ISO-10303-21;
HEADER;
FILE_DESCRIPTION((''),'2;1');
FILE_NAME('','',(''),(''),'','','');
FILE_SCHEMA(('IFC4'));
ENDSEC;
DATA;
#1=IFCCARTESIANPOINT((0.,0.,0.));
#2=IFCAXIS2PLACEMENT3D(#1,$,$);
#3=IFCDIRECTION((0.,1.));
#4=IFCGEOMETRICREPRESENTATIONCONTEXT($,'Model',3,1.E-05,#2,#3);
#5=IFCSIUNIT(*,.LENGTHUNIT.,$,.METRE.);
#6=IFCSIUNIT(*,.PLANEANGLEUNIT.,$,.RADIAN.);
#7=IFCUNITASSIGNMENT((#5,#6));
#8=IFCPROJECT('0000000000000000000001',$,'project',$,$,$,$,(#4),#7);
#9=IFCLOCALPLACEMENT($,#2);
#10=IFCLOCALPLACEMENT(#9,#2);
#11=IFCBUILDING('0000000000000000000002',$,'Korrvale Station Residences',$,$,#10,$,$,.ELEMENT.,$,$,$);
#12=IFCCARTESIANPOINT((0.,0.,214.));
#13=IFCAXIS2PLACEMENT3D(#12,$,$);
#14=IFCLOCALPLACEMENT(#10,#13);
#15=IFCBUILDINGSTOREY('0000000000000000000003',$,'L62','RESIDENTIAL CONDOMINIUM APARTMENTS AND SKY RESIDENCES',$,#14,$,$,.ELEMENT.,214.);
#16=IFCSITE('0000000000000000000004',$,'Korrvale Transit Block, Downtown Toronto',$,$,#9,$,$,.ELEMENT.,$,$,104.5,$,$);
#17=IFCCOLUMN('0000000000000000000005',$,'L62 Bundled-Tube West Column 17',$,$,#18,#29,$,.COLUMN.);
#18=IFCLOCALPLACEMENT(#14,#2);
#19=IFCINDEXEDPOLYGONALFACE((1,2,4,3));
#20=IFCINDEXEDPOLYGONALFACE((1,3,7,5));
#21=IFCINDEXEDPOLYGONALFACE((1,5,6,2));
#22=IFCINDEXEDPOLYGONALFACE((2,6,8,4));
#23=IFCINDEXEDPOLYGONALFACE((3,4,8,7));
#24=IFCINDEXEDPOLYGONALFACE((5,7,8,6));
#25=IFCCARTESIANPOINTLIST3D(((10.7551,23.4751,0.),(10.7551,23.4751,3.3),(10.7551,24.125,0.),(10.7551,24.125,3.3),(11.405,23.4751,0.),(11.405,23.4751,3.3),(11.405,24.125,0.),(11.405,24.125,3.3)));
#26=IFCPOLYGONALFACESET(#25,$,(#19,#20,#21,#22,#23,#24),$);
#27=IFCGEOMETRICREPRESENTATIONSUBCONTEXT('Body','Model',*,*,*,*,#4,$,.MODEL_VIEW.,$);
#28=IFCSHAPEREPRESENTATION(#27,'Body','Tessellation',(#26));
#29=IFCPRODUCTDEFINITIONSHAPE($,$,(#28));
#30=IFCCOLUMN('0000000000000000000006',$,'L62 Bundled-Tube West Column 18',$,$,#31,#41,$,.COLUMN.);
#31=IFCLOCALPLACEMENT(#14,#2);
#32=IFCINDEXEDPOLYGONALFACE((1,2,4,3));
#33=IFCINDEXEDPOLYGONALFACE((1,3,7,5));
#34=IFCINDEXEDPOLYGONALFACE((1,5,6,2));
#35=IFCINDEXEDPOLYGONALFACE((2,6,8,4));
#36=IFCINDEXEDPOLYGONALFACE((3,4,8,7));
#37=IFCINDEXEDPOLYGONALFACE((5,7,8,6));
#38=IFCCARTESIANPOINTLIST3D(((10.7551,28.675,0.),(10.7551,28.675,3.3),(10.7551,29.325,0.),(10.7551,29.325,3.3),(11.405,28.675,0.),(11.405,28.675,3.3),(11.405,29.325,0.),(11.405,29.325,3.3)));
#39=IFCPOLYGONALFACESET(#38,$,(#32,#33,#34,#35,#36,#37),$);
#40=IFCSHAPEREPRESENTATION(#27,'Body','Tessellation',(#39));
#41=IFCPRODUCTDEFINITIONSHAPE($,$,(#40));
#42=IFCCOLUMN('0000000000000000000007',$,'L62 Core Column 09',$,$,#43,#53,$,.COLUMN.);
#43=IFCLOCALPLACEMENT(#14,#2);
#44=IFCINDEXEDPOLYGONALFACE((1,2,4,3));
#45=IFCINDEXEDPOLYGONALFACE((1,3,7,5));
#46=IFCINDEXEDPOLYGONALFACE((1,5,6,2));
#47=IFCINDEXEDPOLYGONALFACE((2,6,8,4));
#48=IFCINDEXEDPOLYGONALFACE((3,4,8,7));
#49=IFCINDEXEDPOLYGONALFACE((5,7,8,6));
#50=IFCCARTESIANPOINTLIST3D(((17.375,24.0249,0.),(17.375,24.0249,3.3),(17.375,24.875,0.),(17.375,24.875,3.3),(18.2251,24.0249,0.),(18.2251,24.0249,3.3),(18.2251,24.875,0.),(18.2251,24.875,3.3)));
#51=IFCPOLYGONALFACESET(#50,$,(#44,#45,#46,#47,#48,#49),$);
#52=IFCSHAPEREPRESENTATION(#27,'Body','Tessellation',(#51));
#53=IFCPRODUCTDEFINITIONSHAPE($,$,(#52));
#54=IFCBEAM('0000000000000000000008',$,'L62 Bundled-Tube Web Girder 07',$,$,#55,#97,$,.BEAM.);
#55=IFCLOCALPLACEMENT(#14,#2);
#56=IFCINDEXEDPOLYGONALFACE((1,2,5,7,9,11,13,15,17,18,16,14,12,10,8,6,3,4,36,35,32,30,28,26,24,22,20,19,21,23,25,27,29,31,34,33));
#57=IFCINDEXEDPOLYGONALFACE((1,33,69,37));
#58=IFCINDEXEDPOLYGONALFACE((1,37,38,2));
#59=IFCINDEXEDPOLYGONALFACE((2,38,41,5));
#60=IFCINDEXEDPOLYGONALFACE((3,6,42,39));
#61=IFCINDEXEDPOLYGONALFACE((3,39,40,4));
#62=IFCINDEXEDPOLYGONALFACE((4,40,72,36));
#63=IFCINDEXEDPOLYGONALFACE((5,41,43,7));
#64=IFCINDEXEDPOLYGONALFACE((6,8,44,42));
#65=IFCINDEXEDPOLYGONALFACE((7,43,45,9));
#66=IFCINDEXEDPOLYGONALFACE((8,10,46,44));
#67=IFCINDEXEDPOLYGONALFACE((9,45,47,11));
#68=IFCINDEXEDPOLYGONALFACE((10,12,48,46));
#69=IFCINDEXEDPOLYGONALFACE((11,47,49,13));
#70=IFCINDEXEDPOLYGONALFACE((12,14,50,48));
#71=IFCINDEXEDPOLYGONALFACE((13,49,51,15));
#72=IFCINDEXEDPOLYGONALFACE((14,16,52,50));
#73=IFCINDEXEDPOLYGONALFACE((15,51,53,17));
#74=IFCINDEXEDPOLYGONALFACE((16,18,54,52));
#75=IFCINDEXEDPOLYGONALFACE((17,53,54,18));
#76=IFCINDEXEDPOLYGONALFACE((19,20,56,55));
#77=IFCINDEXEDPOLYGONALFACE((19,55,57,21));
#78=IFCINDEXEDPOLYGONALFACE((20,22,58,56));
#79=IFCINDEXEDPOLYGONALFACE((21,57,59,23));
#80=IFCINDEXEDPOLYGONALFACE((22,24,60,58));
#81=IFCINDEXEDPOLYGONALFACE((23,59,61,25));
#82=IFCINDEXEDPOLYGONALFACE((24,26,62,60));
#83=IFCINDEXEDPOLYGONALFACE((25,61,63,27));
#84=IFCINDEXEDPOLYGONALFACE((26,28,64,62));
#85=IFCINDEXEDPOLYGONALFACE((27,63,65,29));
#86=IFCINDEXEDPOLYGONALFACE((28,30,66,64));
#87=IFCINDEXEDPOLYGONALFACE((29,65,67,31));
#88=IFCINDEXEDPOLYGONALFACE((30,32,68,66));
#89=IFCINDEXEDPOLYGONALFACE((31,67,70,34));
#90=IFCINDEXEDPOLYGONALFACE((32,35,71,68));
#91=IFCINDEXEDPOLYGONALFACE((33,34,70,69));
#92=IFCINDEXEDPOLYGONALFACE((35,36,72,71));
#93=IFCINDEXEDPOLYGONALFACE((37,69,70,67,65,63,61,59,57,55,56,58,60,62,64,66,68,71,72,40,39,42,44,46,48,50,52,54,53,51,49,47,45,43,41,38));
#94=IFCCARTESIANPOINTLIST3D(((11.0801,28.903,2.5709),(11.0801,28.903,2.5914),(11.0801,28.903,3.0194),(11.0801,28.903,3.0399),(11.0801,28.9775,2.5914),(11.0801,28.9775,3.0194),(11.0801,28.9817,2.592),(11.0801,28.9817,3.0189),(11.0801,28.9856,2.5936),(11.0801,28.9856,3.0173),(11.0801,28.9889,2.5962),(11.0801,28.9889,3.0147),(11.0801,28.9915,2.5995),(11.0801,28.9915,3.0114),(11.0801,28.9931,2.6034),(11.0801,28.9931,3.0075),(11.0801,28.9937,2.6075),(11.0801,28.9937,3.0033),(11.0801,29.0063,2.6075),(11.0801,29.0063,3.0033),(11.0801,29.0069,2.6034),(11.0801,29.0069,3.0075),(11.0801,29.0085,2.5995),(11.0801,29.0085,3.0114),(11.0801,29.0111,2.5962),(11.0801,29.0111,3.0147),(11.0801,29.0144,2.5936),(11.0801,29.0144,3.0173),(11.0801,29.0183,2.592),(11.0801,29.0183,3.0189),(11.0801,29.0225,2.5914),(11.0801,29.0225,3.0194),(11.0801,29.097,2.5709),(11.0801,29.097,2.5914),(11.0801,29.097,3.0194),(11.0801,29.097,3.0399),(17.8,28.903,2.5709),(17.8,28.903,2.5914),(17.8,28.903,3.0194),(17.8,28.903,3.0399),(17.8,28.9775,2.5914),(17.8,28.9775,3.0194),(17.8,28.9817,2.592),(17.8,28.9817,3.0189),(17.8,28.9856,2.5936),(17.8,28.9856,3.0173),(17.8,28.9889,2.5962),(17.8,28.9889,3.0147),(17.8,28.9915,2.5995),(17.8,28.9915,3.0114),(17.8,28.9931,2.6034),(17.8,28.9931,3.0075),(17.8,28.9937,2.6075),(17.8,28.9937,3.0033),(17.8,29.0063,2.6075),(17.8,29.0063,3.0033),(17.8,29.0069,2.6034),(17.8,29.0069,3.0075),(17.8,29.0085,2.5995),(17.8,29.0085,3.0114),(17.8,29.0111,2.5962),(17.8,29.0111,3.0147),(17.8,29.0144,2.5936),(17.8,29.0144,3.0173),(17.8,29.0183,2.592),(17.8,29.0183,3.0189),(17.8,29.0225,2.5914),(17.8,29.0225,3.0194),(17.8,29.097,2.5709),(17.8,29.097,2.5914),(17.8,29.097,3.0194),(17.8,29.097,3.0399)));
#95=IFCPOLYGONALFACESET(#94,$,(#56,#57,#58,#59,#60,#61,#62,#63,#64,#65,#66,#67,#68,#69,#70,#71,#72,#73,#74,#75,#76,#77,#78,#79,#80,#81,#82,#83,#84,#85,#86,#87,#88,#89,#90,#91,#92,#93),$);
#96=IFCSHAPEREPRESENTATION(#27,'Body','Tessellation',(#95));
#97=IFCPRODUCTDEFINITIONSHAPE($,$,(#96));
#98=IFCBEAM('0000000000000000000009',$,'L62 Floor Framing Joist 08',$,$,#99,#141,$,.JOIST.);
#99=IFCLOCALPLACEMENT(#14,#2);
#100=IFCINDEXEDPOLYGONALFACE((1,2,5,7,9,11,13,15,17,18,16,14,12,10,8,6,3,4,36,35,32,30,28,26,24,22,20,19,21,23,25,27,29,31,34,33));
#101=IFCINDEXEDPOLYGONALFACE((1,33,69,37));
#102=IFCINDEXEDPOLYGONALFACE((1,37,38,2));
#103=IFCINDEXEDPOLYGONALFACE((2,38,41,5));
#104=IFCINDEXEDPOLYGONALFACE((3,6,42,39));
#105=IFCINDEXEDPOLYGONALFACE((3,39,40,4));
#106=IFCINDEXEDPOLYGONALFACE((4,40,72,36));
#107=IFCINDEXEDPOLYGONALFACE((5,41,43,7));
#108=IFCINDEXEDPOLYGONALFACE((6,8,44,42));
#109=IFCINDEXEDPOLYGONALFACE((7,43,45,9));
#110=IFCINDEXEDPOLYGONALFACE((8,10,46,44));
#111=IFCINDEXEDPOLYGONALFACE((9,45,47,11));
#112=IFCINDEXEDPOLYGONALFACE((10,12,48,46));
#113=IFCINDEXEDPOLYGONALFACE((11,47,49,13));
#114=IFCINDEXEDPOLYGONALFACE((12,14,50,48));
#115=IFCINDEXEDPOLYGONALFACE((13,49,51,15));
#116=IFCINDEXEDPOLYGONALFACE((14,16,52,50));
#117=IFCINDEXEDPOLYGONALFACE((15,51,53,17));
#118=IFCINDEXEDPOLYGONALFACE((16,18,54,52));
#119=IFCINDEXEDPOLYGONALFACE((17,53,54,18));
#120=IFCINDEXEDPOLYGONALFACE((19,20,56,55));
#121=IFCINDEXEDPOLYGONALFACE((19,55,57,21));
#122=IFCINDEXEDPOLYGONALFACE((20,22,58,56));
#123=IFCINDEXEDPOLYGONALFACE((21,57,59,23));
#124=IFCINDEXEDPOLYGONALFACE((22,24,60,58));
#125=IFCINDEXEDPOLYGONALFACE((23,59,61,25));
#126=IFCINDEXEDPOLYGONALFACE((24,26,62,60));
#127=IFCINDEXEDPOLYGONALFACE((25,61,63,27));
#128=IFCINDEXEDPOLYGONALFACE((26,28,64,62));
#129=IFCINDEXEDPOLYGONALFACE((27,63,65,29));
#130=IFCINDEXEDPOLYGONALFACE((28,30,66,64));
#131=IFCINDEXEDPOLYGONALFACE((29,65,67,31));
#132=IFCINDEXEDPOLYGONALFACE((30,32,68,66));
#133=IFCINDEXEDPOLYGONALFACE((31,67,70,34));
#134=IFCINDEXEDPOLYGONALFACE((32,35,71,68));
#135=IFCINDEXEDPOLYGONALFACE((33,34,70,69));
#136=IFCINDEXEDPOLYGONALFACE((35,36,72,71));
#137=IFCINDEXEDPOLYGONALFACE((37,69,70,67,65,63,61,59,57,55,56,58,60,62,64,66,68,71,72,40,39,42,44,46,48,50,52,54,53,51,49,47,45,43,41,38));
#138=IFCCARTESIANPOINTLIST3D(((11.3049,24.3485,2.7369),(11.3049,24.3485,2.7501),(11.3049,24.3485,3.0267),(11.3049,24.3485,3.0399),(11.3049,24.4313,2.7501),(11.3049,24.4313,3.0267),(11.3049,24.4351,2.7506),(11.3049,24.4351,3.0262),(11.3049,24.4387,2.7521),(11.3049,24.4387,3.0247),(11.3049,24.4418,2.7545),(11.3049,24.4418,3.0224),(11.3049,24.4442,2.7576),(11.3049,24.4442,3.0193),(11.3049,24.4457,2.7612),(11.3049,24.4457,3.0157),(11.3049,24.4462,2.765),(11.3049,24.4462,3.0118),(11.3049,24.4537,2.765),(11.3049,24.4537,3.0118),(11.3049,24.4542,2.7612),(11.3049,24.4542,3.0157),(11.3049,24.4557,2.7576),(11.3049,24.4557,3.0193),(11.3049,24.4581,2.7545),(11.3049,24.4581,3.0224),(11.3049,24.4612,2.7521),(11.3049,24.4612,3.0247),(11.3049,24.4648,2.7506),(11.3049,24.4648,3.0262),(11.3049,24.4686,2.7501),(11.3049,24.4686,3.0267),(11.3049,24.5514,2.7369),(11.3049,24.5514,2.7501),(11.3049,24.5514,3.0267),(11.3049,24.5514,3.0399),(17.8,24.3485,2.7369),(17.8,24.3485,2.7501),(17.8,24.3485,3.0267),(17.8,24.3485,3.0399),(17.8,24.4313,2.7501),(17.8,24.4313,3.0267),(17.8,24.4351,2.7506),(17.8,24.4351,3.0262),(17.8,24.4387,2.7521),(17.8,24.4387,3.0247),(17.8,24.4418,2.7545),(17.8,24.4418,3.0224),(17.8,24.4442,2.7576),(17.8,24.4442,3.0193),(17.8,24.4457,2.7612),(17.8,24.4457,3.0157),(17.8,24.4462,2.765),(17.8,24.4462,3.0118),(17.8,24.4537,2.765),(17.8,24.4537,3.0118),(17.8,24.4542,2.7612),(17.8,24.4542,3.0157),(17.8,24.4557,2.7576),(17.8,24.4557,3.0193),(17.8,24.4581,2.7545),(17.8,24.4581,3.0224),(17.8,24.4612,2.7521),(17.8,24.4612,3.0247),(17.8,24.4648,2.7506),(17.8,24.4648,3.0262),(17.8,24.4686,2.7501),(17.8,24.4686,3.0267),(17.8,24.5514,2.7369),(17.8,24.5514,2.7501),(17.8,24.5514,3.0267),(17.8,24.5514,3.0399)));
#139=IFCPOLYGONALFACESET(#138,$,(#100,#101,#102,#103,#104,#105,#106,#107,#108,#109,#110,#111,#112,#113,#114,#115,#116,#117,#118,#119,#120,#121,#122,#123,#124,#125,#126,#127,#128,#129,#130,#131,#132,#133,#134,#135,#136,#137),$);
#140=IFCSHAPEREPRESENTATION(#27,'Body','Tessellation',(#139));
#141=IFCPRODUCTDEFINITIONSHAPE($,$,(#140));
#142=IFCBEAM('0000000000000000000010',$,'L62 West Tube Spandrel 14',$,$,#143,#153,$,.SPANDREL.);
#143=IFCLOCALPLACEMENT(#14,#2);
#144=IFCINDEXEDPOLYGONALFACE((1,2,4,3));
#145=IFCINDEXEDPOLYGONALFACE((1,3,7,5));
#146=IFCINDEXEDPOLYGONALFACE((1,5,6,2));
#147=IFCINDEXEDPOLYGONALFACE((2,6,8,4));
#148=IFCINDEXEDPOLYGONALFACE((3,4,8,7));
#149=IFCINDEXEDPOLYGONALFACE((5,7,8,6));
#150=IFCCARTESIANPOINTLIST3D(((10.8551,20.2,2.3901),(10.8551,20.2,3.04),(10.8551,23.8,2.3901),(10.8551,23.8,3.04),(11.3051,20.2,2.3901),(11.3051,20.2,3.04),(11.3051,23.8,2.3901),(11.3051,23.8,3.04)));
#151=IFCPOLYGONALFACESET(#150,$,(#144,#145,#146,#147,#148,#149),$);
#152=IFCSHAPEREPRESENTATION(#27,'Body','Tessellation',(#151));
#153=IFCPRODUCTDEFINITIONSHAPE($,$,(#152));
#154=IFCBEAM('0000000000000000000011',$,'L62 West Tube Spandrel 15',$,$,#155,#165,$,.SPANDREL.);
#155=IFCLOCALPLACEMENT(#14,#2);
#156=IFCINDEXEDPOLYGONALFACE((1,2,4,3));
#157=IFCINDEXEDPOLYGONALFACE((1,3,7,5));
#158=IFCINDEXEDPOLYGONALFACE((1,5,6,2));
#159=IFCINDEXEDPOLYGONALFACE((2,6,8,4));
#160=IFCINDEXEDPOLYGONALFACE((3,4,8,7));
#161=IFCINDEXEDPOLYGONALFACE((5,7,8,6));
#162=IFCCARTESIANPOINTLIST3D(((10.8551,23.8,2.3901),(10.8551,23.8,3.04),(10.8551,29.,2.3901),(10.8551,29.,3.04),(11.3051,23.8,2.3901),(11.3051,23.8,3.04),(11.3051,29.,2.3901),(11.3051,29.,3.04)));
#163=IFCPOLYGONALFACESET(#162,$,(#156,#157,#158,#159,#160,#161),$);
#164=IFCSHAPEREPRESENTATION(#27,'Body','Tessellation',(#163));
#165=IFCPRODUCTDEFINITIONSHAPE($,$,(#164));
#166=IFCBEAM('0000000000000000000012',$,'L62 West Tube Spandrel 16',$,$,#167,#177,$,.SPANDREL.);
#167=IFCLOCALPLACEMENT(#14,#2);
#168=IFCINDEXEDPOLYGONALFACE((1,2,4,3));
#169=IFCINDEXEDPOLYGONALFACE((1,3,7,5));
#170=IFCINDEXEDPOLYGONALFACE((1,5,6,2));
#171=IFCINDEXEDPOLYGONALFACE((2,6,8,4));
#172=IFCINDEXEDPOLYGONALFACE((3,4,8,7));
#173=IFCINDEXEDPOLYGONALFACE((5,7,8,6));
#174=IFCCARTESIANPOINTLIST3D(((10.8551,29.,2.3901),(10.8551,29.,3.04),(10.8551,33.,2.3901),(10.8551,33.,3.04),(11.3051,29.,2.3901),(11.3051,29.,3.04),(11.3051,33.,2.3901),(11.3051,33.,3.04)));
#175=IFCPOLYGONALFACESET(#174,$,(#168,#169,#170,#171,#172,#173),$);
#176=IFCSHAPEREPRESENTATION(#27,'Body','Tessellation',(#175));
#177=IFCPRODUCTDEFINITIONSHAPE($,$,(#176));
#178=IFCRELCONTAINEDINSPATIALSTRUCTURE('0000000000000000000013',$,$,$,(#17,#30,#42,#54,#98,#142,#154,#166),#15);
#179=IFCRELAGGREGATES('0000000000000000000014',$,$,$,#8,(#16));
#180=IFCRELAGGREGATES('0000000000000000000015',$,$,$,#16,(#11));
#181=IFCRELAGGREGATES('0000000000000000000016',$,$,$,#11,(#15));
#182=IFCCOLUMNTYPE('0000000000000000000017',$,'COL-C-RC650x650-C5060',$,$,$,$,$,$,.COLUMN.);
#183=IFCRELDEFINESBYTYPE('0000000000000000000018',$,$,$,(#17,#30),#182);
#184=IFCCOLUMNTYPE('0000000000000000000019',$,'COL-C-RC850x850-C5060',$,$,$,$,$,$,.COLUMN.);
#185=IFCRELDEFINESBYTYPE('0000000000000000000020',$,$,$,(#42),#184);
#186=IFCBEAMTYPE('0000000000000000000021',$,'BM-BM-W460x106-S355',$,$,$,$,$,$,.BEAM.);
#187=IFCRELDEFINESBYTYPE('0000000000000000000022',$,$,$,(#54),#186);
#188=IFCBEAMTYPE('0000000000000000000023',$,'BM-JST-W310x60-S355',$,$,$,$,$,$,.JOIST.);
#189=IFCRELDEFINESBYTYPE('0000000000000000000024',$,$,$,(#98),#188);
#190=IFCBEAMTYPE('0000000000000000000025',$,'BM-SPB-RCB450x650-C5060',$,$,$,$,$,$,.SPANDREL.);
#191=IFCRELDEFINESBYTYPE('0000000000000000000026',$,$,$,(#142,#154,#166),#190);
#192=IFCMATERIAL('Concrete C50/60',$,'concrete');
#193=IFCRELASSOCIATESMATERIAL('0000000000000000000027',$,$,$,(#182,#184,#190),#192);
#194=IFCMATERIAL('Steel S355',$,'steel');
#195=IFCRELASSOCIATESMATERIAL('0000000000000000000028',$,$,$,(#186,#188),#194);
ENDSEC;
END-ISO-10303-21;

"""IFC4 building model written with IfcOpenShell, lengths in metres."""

from ifc_helpers import new_model, si_unit, direction, frame, origin, origin_2d, place, context, subcontext, project, spatial, rectangle, i_section, extrude, material, material_profile, profile_set, type_object, element, save


model = new_model("IFC4")

# Units and contexts
model_context = context("Model", 3, precision=1e-05, world=origin(), true_north=direction((0.0, 1.0)))
body_context = subcontext(model_context, "Body", "Model", "MODEL_VIEW")
ifc_project = project(units=[si_unit("LENGTHUNIT", "METRE"), si_unit("PLANEANGLEUNIT", "RADIAN")], contexts=[model_context])

# Site, building, storey
site_placement = place(None, origin())
site = spatial("IfcSite", under=ifc_project, at=site_placement, Name="Korrvale Transit Block, Downtown Toronto", CompositionType="ELEMENT", RefElevation=104.5)
building_placement = place(site_placement, origin())
building = spatial("IfcBuilding", under=site, at=building_placement, Name="Korrvale Station Residences", CompositionType="ELEMENT")
storey_placement = place(building_placement, frame((0.0, 0.0, 214.0)))
storey = spatial("IfcBuildingStorey", under=building, at=storey_placement, Name="L62", Description="RESIDENTIAL CONDOMINIUM APARTMENTS AND SKY RESIDENCES", CompositionType="ELEMENT", Elevation=214.0)

# Columns
ifc_material_1 = material(Name="Concrete C50/60", Category="concrete")
ifc_material_profile_1 = material_profile(ifc_material_1, rectangle(XDim=0.6499, YDim=0.6499, at=origin_2d()), Name="RC650x650")
ifc_profile_set_1 = profile_set([ifc_material_profile_1], Name="Concrete C50/60")
column_type_1 = type_object("IfcColumnType", Name="COL-C-RC650x650-C5060", PredefinedType="COLUMN", material=ifc_profile_set_1)
for number, where, z_axis, x_axis, name in (
    (1, (11.0801, 23.8, 0.0), (0.0, 0.0, 1.0), (1.0, 0.0, 0.0), "L62 Bundled-Tube West Column 17"),
    (2, (11.0801, 29.0, 0.0), (0.0, 0.0, 1.0), (1.0, 0.0, 0.0), "L62 Bundled-Tube West Column 18"),
):
    element("IfcColumn", number, at=place(storey_placement, frame(where, z_axis=z_axis, x_axis=x_axis)), inside=storey, type_object=column_type_1, Name=name, PredefinedType="COLUMN", context=body_context, shape_type="SweptSolid", body=[
        extrude(rectangle(XDim=0.6499, YDim=0.6499, at=origin_2d()), origin(), (0.0, 0.0, 1.0), 3.3),
    ])
ifc_material_profile_2 = material_profile(ifc_material_1, rectangle(XDim=0.8501, YDim=0.8501, at=origin_2d()), Name="RC850x850")
ifc_profile_set_2 = profile_set([ifc_material_profile_2], Name="Concrete C50/60")
column_type_2 = type_object("IfcColumnType", Name="COL-C-RC850x850-C5060", PredefinedType="COLUMN", material=ifc_profile_set_2)
column_placement = place(storey_placement, frame((17.8, 24.45, 0.0), z_axis=(0.0, 0.0, 1.0), x_axis=(1.0, 0.0, 0.0)))
element("IfcColumn", 3, at=column_placement, inside=storey, type_object=column_type_2, Name="L62 Core Column 09", PredefinedType="COLUMN", context=body_context, shape_type="SweptSolid", body=[
    extrude(rectangle(XDim=0.8501, YDim=0.8501, at=origin_2d()), origin(), (0.0, 0.0, 1.0), 3.3),
])

# Beams
ifc_material_2 = material(Name="Steel S355", Category="steel")
ifc_material_profile_3 = material_profile(ifc_material_2, i_section(OverallWidth=0.1941, OverallDepth=0.469, WebThickness=0.0127, FlangeThickness=0.0205, FilletRadius=0.0161, at=origin_2d()), Name="W460x106")
ifc_profile_set_3 = profile_set([ifc_material_profile_3], Name="Steel S355")
beam_type_1 = type_object("IfcBeamType", Name="BM-BM-W460x106-S355", PredefinedType="BEAM", material=ifc_profile_set_3)
beam_1_placement = place(storey_placement, frame((11.0801, 29.0, 2.8054), z_axis=(1.0, 0.0, 0.0), x_axis=(0.0, 1.0, 0.0)))
element("IfcBeam", 4, at=beam_1_placement, inside=storey, type_object=beam_type_1, Name="L62 Bundled-Tube Web Girder 07", PredefinedType="BEAM", context=body_context, shape_type="SweptSolid", body=[
    extrude(i_section(OverallWidth=0.1941, OverallDepth=0.469, WebThickness=0.0127, FlangeThickness=0.0205, FilletRadius=0.0161, at=origin_2d()), origin(), (0.0, 0.0, 1.0), 6.72),
])
ifc_material_profile_4 = material_profile(ifc_material_2, i_section(OverallWidth=0.2029, OverallDepth=0.303, WebThickness=0.0076, FlangeThickness=0.0132, FilletRadius=0.0149, at=origin_2d()), Name="W310x60")
ifc_profile_set_4 = profile_set([ifc_material_profile_4], Name="Steel S355")
beam_type_2 = type_object("IfcBeamType", Name="BM-JST-W310x60-S355", PredefinedType="JOIST", material=ifc_profile_set_4)
beam_2_placement = place(storey_placement, frame((11.3049, 24.45, 2.8884), z_axis=(1.0, 0.0, 0.0), x_axis=(0.0, 1.0, 0.0)))
element("IfcBeam", 5, at=beam_2_placement, inside=storey, type_object=beam_type_2, Name="L62 Floor Framing Joist 08", PredefinedType="JOIST", context=body_context, shape_type="SweptSolid", body=[
    extrude(i_section(OverallWidth=0.2029, OverallDepth=0.303, WebThickness=0.0076, FlangeThickness=0.0132, FilletRadius=0.0149, at=origin_2d()), origin(), (0.0, 0.0, 1.0), 6.4951),
])
ifc_material_profile_5 = material_profile(ifc_material_1, rectangle(XDim=0.45, YDim=0.6499, at=origin_2d()), Name="RCB450x650")
ifc_profile_set_5 = profile_set([ifc_material_profile_5], Name="Concrete C50/60")
beam_type_3 = type_object("IfcBeamType", Name="BM-SPB-RCB450x650-C5060", PredefinedType="SPANDREL", material=ifc_profile_set_5)
beam_3_placement = place(storey_placement, frame((11.0801, 20.2, 2.7151), z_axis=(0.0, 1.0, 0.0), x_axis=(-1.0, 0.0, 0.0)))
element("IfcBeam", 6, at=beam_3_placement, inside=storey, type_object=beam_type_3, Name="L62 West Tube Spandrel 14", PredefinedType="SPANDREL", context=body_context, shape_type="SweptSolid", body=[
    extrude(rectangle(XDim=0.45, YDim=0.6499, at=origin_2d()), origin(), (0.0, 0.0, 1.0), 3.6001),
])
beam_4_placement = place(storey_placement, frame((11.0801, 23.8, 2.7151), z_axis=(0.0, 1.0, 0.0), x_axis=(-1.0, 0.0, 0.0)))
element("IfcBeam", 7, at=beam_4_placement, inside=storey, type_object=beam_type_3, Name="L62 West Tube Spandrel 15", PredefinedType="SPANDREL", context=body_context, shape_type="SweptSolid", body=[
    extrude(rectangle(XDim=0.45, YDim=0.6499, at=origin_2d()), origin(), (0.0, 0.0, 1.0), 5.2),
])
beam_5_placement = place(storey_placement, frame((11.0801, 29.0, 2.7151), z_axis=(0.0, 1.0, 0.0), x_axis=(-1.0, 0.0, 0.0)))
element("IfcBeam", 8, at=beam_5_placement, inside=storey, type_object=beam_type_3, Name="L62 West Tube Spandrel 16", PredefinedType="SPANDREL", context=body_context, shape_type="SweptSolid", body=[
    extrude(rectangle(XDim=0.45, YDim=0.6499, at=origin_2d()), origin(), (0.0, 0.0, 1.0), 4.0),
])

save(model, "model.ifc")
